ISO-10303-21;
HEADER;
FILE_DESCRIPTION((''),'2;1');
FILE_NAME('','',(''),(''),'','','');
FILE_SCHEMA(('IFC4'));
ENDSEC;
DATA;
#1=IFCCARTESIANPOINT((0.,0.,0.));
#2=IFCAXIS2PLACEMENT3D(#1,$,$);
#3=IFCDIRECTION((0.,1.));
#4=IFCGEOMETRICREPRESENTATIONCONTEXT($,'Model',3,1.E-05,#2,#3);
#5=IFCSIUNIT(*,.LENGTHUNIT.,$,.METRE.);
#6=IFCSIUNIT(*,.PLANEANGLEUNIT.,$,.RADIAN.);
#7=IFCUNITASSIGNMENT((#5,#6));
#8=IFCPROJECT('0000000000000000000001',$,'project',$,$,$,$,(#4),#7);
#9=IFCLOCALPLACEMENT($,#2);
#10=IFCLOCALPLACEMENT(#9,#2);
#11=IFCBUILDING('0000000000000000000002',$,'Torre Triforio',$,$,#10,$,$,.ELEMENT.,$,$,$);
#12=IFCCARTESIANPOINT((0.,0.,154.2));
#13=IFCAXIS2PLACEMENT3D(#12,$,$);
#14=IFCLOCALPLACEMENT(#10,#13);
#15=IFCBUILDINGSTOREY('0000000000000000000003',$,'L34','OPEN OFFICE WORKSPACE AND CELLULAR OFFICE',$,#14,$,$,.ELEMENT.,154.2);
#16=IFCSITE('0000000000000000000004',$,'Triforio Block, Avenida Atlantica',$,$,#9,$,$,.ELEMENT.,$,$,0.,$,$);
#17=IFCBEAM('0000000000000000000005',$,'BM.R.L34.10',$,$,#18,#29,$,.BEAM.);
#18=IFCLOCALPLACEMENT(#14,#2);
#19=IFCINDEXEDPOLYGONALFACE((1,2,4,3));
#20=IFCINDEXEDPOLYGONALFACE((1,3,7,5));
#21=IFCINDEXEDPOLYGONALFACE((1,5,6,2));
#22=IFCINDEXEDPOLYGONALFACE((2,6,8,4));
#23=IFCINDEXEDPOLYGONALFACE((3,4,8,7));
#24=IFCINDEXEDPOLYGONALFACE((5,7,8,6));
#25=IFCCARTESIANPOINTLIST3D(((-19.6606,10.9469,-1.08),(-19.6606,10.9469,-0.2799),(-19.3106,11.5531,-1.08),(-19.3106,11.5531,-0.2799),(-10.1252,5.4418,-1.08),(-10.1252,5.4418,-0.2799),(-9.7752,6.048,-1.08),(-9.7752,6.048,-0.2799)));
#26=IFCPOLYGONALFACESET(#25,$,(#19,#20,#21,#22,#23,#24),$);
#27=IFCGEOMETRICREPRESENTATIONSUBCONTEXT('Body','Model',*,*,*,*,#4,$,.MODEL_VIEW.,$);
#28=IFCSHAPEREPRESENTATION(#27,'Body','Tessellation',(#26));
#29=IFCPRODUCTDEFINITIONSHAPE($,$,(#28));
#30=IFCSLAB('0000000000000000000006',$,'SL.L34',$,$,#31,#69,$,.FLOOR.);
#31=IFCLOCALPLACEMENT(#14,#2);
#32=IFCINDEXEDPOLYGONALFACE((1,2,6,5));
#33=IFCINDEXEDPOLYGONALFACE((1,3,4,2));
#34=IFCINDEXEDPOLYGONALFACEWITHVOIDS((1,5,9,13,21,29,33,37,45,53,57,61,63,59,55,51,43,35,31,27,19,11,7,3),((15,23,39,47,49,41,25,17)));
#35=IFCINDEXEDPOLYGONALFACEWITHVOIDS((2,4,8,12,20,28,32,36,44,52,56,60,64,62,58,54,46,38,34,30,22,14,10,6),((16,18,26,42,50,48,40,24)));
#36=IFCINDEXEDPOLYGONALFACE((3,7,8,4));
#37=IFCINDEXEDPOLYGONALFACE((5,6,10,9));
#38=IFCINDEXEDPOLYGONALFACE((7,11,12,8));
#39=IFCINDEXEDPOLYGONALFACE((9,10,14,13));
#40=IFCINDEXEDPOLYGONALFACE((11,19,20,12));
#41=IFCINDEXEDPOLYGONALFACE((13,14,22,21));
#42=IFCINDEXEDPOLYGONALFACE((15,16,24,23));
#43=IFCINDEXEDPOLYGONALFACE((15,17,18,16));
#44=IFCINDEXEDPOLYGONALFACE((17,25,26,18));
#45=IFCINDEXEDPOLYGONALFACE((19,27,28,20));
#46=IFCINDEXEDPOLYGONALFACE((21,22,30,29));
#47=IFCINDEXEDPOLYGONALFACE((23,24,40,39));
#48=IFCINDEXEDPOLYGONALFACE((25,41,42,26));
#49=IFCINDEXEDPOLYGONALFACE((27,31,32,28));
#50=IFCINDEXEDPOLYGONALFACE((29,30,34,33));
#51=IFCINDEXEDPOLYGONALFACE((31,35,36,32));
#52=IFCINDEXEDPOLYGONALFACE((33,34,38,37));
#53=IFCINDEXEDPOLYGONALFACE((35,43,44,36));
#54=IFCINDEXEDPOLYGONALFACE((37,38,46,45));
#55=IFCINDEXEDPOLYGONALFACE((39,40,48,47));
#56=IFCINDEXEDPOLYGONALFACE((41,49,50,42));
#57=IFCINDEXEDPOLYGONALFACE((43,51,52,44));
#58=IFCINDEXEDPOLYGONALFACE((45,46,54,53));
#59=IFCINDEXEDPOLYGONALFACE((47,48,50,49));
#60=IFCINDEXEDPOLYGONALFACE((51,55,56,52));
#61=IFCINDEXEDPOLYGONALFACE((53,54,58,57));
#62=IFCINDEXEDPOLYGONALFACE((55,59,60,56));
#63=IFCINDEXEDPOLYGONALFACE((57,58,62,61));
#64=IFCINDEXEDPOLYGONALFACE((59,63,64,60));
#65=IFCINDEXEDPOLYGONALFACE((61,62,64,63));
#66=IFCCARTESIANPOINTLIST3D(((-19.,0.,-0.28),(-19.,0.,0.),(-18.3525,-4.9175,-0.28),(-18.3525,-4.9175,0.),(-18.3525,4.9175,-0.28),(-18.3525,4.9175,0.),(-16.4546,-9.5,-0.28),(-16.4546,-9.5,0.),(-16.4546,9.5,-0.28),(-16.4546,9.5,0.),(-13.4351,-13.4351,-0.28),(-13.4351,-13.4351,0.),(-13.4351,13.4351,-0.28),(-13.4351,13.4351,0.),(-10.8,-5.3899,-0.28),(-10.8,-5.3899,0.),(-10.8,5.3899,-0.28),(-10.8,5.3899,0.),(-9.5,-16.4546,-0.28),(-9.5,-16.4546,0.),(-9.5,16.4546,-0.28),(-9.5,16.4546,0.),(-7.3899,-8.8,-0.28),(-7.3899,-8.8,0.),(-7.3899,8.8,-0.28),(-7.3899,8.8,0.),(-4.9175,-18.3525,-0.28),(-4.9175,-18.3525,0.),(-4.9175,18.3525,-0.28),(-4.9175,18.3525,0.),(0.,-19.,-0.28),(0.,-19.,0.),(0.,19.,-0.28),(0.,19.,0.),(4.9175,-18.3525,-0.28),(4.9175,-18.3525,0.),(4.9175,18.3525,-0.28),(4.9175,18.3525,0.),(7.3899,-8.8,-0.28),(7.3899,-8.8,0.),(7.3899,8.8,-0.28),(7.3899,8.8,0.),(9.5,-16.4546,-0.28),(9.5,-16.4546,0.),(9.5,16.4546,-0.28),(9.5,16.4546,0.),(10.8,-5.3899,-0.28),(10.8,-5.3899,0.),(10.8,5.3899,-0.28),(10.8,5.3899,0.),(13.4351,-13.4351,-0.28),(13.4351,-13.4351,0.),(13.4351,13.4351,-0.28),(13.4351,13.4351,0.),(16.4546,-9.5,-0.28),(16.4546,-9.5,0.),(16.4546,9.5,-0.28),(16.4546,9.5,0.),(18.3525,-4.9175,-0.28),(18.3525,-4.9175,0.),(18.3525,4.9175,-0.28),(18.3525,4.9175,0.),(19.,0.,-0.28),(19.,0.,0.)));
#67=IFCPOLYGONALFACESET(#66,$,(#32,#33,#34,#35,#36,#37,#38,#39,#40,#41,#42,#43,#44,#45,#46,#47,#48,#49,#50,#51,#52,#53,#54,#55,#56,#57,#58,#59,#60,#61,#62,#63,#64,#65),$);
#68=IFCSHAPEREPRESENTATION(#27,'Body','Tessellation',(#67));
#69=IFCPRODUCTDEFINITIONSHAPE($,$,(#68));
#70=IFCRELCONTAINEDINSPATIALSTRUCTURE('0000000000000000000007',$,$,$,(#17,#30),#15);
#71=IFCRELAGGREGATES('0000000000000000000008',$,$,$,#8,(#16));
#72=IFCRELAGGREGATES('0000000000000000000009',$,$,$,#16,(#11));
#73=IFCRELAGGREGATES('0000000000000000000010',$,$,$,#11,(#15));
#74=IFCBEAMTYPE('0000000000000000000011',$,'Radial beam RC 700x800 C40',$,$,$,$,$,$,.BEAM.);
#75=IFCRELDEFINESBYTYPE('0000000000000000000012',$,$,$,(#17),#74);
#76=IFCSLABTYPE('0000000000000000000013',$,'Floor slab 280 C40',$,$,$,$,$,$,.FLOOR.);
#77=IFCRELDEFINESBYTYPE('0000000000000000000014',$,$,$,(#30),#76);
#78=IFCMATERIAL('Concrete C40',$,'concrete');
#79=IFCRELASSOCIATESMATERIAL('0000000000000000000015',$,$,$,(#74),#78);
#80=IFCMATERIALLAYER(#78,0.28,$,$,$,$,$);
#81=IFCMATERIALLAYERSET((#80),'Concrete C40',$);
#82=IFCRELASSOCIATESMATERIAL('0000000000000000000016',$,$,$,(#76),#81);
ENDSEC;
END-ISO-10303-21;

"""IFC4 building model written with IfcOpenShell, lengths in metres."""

from ifc_helpers import new_model, si_unit, direction, frame, origin, origin_2d, place, context, subcontext, project, spatial, polyline, rectangle, outline, extrude, material, layer, layer_set, material_profile, profile_set, type_object, element, save


model = new_model("IFC4")

# Units and contexts
model_context = context("Model", 3, precision=1e-05, world=origin(), true_north=direction((0.0, 1.0)))
body_context = subcontext(model_context, "Body", "Model", "MODEL_VIEW")
ifc_project = project(units=[si_unit("LENGTHUNIT", "METRE"), si_unit("PLANEANGLEUNIT", "RADIAN")], contexts=[model_context])

# Site, building, storey
site_placement = place(None, origin())
site = spatial("IfcSite", under=ifc_project, at=site_placement, Name="Triforio Block, Avenida Atlantica", CompositionType="ELEMENT", RefElevation=0.0)
building_placement = place(site_placement, origin())
building = spatial("IfcBuilding", under=site, at=building_placement, Name="Torre Triforio", CompositionType="ELEMENT")
storey_placement = place(building_placement, frame((0.0, 0.0, 154.2)))
storey = spatial("IfcBuildingStorey", under=building, at=storey_placement, Name="L34", Description="OPEN OFFICE WORKSPACE AND CELLULAR OFFICE", CompositionType="ELEMENT", Elevation=154.2)

# Beam
ifc_material_1 = material(Name="Concrete C40", Category="concrete")
ifc_material_profile = material_profile(ifc_material_1, rectangle(XDim=0.7, YDim=0.8, at=origin_2d()), Name="RC 700x800")
ifc_profile_set = profile_set([ifc_material_profile], Name="Concrete C40")
beam_type = type_object("IfcBeamType", Name="Radial beam RC 700x800 C40", PredefinedType="BEAM", material=ifc_profile_set)
beam_placement = place(storey_placement, frame((-9.9502, 5.7449, -0.6799), z_axis=(-0.866031, 0.499991, 0.0), x_axis=(-0.499991, -0.866031, 0.0)))
element("IfcBeam", 1, at=beam_placement, inside=storey, type_object=beam_type, Name="BM.R.L34.10", PredefinedType="BEAM", context=body_context, shape_type="SweptSolid", body=[
    extrude(rectangle(XDim=0.7, YDim=0.8, at=origin_2d()), origin(), (0.0, 0.0, 1.0), 11.0105),
])

# Slab
ifc_layer_1 = layer(ifc_material_1, 0.28)
ifc_layer_set_1 = layer_set([ifc_layer_1], Name="Concrete C40")
slab_type_1 = type_object("IfcSlabType", Name="Floor slab 280 C40", PredefinedType="FLOOR", material=ifc_layer_set_1)
slab_1_placement = place(storey_placement, frame((0.0, 0.0, -0.28)))
element("IfcSlab", 2, at=slab_1_placement, inside=storey, type_object=slab_type_1, Name="SL.L34", PredefinedType="FLOOR", context=body_context, shape_type="SweptSolid", body=[
    extrude(outline(polyline([(16.4546, -9.5), (18.3525, -4.9175), (19.0, 0.0), (18.3525, 4.9175), (16.4546, 9.5), (13.4351, 13.4351), (9.5, 16.4546), (4.9175, 18.3525), (0.0, 19.0), (-4.9175, 18.3525), (-9.5, 16.4546), (-13.4351, 13.4351), (-16.4546, 9.5), (-18.3525, 4.9175), (-19.0, 0.0), (-18.3525, -4.9175), (-16.4546, -9.5), (-13.4351, -13.4351), (-9.5, -16.4546), (-4.9175, -18.3525), (0.0, -19.0), (4.9175, -18.3525), (9.5, -16.4546), (13.4351, -13.4351), (16.4546, -9.5)]), holes=[polyline([(10.8, 5.3899), (10.8, -5.3899), (7.3899, -8.8), (-7.3899, -8.8), (-10.8, -5.3899), (-10.8, 5.3899), (-7.3899, 8.8), (7.3899, 8.8), (10.8, 5.3899)])]), origin(), (0.0, 0.0, 1.0), 0.28),
])

save(model, "model.ifc")
